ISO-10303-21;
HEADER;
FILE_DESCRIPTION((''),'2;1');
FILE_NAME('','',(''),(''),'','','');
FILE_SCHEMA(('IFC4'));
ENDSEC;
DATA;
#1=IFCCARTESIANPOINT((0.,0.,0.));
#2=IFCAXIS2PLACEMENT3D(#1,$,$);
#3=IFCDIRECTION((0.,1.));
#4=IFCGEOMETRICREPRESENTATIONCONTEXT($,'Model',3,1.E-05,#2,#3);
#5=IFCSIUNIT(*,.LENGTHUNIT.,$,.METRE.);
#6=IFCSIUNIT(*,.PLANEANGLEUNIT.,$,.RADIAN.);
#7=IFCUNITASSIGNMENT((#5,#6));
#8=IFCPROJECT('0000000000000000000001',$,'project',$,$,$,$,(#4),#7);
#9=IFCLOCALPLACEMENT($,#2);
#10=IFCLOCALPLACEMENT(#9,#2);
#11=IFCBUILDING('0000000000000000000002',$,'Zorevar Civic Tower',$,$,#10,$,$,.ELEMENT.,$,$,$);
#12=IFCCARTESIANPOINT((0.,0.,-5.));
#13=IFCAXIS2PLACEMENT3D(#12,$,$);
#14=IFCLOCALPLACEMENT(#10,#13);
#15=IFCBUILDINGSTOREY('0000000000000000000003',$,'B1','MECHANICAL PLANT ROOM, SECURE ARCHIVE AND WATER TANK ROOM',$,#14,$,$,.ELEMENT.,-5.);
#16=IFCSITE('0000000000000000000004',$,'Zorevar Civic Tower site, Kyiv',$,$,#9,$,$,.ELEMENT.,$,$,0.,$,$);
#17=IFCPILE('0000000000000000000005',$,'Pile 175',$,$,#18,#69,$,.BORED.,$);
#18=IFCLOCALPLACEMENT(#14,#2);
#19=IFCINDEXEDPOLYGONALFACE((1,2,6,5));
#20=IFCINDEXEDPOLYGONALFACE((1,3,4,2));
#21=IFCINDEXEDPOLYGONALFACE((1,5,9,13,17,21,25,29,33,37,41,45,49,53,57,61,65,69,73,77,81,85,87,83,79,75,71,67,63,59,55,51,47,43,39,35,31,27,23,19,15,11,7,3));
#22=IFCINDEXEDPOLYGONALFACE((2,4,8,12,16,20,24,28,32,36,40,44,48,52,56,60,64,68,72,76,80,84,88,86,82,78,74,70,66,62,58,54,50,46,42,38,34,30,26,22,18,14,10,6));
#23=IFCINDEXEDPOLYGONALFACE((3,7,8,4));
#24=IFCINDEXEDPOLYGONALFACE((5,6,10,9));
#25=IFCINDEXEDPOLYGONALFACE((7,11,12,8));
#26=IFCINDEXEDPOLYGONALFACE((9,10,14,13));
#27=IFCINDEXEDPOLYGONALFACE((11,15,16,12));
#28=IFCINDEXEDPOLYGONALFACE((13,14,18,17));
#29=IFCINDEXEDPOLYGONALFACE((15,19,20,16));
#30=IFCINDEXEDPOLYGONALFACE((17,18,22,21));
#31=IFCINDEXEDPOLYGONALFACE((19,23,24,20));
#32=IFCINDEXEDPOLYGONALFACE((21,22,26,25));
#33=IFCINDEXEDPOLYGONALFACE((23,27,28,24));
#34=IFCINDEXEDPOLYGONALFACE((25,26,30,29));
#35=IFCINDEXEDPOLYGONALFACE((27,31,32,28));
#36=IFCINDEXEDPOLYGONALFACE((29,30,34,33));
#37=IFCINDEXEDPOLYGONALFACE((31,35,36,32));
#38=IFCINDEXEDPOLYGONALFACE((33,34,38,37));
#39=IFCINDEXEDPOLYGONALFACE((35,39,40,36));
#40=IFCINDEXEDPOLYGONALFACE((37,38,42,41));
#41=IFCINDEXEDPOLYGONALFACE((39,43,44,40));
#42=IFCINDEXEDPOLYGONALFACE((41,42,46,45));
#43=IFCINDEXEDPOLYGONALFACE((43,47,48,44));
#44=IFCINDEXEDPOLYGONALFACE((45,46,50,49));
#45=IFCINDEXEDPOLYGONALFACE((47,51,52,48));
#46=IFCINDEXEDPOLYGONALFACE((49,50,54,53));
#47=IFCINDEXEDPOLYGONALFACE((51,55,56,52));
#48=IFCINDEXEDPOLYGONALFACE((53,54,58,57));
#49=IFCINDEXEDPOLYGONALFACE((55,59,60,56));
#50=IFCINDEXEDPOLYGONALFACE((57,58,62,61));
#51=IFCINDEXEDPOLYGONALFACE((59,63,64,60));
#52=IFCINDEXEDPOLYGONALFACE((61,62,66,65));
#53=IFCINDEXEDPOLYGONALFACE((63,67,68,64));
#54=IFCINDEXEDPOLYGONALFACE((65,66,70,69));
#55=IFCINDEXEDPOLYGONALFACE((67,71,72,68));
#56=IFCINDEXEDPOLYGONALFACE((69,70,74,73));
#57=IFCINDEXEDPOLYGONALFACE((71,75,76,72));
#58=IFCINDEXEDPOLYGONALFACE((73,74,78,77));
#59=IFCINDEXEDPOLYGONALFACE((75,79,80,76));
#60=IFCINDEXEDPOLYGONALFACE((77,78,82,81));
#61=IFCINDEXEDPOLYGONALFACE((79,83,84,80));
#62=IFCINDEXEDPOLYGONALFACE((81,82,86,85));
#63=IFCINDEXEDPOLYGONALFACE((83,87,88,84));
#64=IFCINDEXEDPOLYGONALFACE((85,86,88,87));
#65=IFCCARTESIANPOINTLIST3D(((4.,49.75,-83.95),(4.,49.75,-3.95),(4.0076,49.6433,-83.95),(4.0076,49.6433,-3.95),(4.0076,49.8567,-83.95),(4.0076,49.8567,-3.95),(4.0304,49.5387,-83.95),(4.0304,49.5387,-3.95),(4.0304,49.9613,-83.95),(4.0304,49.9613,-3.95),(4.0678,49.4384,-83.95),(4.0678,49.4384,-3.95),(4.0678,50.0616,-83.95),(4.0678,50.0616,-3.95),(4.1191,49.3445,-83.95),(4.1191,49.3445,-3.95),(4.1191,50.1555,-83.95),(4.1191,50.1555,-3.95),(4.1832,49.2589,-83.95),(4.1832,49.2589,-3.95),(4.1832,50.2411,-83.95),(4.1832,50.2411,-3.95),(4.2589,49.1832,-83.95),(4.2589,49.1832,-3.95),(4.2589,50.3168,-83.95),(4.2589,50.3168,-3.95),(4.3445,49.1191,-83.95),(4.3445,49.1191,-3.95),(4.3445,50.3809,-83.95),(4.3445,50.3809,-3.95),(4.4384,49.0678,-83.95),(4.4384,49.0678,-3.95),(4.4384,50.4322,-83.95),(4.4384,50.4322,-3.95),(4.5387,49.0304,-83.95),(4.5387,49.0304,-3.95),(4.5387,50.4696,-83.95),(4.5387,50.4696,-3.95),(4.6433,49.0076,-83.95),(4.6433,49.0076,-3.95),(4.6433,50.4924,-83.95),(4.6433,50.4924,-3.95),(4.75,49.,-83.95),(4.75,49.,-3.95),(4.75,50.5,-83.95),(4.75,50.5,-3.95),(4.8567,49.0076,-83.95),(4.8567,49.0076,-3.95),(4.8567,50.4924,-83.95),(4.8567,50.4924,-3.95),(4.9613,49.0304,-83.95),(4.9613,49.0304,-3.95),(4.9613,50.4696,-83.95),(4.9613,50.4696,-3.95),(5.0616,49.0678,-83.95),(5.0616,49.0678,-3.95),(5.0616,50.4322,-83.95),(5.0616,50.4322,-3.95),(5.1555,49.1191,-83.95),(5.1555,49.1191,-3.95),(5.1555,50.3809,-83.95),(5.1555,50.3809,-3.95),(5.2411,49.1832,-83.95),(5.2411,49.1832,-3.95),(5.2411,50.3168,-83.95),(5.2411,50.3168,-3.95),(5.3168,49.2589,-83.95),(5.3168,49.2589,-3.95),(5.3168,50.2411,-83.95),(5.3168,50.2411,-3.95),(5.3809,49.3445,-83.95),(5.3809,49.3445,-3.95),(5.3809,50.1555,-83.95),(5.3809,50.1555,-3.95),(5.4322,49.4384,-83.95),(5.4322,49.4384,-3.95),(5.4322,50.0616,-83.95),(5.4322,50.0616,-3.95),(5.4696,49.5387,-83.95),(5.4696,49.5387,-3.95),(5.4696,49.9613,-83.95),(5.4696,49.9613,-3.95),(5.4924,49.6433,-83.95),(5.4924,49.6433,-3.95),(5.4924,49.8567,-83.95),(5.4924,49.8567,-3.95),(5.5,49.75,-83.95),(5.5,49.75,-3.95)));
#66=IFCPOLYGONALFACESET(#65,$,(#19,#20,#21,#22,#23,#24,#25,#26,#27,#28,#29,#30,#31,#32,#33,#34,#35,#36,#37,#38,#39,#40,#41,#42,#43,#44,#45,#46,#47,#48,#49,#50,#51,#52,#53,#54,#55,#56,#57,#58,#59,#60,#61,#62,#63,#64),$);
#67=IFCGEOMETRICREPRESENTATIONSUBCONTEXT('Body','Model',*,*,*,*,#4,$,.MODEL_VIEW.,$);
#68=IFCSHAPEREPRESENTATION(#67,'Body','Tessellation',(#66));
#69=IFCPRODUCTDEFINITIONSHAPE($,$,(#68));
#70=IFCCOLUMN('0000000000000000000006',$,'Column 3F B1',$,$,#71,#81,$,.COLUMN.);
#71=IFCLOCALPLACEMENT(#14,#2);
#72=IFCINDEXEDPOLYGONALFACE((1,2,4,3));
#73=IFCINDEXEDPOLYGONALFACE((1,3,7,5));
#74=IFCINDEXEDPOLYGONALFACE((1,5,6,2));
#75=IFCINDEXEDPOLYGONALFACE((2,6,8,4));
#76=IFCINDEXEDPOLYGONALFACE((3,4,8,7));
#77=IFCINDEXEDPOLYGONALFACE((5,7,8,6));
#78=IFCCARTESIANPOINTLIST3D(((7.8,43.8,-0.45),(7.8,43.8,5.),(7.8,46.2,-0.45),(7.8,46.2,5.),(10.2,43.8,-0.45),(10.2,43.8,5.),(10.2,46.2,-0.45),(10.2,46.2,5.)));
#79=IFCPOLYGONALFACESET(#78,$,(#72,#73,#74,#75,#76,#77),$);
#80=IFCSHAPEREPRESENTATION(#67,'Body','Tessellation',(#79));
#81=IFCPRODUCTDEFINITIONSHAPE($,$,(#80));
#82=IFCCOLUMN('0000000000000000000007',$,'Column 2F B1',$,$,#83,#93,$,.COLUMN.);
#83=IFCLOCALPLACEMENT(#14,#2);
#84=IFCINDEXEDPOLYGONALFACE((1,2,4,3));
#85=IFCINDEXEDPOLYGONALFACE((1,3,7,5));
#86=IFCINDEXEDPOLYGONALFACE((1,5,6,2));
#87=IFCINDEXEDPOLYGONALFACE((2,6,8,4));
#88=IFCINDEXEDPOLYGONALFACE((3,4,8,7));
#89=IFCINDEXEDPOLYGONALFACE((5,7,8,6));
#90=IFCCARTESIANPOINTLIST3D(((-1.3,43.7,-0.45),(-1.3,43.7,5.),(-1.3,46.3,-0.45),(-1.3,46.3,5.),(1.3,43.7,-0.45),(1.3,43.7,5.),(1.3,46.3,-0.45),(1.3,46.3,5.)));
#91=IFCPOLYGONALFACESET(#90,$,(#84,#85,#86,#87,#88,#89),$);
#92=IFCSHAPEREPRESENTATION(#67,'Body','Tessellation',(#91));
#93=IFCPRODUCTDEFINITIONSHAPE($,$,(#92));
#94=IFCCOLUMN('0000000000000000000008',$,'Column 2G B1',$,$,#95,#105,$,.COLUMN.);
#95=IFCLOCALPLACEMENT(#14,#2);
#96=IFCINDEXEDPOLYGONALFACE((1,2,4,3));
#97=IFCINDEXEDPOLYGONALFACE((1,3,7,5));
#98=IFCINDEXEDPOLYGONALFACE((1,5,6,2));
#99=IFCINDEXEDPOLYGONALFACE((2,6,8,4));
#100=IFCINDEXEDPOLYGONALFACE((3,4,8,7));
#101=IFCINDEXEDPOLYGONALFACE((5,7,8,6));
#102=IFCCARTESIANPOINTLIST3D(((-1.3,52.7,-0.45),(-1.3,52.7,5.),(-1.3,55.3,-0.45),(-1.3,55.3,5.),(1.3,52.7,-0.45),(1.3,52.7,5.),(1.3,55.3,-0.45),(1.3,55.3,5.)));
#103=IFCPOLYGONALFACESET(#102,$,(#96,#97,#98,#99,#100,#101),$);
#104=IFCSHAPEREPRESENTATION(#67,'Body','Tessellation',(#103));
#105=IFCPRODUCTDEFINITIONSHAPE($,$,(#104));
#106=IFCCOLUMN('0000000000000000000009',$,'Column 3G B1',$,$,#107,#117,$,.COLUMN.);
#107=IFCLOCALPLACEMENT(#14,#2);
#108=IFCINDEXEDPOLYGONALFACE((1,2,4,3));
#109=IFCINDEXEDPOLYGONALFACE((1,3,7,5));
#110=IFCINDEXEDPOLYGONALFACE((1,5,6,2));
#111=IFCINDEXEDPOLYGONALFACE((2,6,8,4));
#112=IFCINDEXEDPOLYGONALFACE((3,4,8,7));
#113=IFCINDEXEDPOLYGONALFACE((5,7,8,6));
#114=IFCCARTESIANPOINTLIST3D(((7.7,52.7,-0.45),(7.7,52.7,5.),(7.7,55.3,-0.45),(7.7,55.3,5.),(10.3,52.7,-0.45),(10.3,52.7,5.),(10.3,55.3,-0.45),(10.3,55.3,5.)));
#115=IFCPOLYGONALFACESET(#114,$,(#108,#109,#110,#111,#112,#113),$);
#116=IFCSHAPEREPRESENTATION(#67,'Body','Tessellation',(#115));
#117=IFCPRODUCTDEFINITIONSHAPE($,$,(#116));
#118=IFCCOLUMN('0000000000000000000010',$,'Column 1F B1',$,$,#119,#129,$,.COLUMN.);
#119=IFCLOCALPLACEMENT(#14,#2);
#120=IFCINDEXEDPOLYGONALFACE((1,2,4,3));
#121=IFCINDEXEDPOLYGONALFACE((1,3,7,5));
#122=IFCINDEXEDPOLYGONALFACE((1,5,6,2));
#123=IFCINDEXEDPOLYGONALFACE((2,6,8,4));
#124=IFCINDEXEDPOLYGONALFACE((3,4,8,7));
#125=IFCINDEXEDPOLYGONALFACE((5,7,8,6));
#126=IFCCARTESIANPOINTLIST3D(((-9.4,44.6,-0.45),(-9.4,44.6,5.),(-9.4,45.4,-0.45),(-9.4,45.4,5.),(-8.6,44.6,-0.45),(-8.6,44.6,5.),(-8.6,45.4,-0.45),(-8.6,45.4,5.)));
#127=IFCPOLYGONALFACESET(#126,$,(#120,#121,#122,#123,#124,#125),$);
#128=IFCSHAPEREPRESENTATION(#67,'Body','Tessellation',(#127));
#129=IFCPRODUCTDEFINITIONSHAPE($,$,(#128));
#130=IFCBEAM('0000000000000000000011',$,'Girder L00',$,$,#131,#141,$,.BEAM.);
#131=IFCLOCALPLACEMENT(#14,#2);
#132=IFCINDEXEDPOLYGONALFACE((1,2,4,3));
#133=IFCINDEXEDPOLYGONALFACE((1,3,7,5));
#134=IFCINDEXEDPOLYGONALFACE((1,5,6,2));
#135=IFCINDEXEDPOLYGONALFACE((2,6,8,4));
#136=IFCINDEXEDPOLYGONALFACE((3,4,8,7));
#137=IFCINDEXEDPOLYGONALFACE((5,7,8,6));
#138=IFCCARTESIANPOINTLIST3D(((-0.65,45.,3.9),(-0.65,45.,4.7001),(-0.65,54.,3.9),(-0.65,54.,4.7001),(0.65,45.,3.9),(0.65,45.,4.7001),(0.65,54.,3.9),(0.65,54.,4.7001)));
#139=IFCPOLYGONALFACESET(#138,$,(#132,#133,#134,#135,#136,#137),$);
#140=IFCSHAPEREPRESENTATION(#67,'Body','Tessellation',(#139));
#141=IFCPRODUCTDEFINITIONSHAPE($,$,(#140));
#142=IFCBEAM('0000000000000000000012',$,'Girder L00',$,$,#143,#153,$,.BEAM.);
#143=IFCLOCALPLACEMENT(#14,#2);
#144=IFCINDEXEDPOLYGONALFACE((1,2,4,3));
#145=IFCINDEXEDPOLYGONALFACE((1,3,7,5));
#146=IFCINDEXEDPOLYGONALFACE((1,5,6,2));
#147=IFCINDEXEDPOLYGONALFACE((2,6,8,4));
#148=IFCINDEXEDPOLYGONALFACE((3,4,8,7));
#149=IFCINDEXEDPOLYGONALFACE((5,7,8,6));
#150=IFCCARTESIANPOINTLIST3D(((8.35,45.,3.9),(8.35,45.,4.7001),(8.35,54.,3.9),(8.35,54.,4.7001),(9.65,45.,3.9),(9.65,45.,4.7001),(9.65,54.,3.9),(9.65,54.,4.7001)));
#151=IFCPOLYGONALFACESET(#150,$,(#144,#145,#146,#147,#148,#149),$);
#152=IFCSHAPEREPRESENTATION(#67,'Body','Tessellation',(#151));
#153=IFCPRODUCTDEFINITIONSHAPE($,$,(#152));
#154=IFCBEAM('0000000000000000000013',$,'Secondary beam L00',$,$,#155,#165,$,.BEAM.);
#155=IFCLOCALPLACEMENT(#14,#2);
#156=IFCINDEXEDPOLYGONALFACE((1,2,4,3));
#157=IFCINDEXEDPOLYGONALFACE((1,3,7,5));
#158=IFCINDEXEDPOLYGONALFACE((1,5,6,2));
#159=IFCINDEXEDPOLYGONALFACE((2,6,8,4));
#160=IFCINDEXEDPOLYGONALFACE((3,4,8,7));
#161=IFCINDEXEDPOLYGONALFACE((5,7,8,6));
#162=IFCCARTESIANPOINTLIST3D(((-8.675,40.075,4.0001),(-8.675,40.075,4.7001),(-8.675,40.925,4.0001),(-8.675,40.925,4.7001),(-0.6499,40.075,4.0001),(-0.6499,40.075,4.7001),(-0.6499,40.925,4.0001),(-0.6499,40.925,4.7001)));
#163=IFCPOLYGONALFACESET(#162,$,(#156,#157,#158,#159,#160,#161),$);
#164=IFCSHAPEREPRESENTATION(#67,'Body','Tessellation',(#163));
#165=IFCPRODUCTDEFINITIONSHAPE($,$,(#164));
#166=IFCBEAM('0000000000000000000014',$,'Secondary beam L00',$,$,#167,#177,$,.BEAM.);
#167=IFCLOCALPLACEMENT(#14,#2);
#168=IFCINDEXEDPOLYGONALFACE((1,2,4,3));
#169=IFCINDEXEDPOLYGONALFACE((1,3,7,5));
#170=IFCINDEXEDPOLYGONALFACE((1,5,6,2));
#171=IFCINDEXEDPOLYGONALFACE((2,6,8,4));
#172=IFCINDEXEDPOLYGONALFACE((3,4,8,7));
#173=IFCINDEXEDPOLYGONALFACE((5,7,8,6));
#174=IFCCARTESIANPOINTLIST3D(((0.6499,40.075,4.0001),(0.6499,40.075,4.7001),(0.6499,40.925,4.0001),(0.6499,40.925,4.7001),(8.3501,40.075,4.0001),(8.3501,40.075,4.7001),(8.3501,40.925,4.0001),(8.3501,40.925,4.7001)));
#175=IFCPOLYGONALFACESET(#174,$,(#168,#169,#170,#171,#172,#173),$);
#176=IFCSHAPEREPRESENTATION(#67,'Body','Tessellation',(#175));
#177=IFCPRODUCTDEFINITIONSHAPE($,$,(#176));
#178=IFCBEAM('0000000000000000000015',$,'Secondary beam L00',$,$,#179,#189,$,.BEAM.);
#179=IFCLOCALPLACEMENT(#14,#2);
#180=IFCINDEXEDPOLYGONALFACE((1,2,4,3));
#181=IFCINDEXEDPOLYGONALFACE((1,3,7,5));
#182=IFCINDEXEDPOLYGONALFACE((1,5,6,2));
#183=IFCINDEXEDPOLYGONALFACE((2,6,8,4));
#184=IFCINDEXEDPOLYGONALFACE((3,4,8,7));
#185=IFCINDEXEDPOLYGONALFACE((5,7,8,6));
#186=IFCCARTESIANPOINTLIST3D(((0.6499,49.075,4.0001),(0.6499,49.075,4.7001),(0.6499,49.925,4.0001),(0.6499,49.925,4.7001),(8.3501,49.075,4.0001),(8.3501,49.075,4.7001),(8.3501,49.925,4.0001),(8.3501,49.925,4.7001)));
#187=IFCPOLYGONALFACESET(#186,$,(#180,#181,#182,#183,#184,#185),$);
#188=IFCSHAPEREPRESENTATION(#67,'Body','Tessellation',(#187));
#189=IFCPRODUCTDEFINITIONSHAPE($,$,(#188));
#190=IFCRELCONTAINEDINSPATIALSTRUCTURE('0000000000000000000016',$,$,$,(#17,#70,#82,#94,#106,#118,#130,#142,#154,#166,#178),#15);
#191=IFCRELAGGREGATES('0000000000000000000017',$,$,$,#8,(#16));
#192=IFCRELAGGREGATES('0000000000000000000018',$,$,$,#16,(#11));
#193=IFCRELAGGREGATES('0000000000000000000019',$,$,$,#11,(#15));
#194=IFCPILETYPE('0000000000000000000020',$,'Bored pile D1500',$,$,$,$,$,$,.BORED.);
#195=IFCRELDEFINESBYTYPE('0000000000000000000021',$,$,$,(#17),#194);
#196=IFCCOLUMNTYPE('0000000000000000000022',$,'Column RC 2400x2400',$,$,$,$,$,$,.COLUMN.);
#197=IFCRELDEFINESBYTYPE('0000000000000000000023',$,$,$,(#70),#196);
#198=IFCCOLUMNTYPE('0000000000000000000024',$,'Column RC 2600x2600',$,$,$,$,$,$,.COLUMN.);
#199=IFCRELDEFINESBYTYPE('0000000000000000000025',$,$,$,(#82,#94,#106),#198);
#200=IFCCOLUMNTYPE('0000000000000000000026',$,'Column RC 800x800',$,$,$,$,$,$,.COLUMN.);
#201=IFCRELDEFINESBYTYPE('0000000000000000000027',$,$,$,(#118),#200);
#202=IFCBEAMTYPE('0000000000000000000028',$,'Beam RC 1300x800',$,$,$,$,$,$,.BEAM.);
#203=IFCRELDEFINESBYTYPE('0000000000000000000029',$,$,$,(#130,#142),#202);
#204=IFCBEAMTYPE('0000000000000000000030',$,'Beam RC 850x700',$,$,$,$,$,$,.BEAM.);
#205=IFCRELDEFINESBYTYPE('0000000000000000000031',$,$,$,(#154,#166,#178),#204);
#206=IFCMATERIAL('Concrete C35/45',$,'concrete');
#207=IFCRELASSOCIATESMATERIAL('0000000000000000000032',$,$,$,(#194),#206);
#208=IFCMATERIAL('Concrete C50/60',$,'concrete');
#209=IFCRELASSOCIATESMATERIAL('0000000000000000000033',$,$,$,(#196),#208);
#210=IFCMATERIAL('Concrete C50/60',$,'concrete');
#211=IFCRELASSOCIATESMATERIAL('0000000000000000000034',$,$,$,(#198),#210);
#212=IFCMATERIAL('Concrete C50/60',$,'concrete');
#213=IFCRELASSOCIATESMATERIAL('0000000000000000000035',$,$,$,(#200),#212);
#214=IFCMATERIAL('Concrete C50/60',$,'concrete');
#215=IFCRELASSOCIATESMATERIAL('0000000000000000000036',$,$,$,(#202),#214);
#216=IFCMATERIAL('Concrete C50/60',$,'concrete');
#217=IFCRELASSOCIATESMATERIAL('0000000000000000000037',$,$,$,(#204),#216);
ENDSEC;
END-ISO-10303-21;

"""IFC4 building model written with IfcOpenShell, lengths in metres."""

from ifc_helpers import new_model, si_unit, direction, frame, origin, origin_2d, place, context, subcontext, project, spatial, rectangle, circle, extrude, material, material_profile, profile_set, type_object, element, save


model = new_model("IFC4")

# Units and contexts
model_context = context("Model", 3, precision=1e-05, world=origin(), true_north=direction((0.0, 1.0)))
body_context = subcontext(model_context, "Body", "Model", "MODEL_VIEW")
ifc_project = project(units=[si_unit("LENGTHUNIT", "METRE"), si_unit("PLANEANGLEUNIT", "RADIAN")], contexts=[model_context])

# Site, building, storey
site_placement = place(None, origin())
site = spatial("IfcSite", under=ifc_project, at=site_placement, Name="Zorevar Civic Tower site, Kyiv", CompositionType="ELEMENT", RefElevation=0.0)
building_placement = place(site_placement, origin())
building = spatial("IfcBuilding", under=site, at=building_placement, Name="Zorevar Civic Tower", CompositionType="ELEMENT")
storey_placement = place(building_placement, frame((0.0, 0.0, -5.0)))
storey = spatial("IfcBuildingStorey", under=building, at=storey_placement, Name="B1", Description="MECHANICAL PLANT ROOM, SECURE ARCHIVE AND WATER TANK ROOM", CompositionType="ELEMENT", Elevation=-5.0)

# Pile
ifc_material_1 = material(Name="Concrete C35/45", Category="concrete")
pile_type_1 = type_object("IfcPileType", Name="Bored pile D1500", PredefinedType="BORED", material=ifc_material_1)
for number, where, z_axis, x_axis, name in (
    (1, (4.75, 49.75, -3.95), (0.0, 0.0, -1.0), (1.0, 0.0, 0.0), "Pile 175"),
):
    element("IfcPile", number, at=place(storey_placement, frame(where, z_axis=z_axis, x_axis=x_axis)), inside=storey, type_object=pile_type_1, Name=name, PredefinedType="BORED", context=body_context, shape_type="SweptSolid", body=[
        extrude(circle(Radius=0.75, at=origin_2d()), origin(), (0.0, 0.0, 1.0), 80.0),
    ])

# Columns
ifc_material_2 = material(Name="Concrete C50/60", Category="concrete")
ifc_material_profile_1 = material_profile(ifc_material_2, rectangle(XDim=2.3999, YDim=2.3999, at=origin_2d()), Name="RC 2400x2400")
ifc_profile_set_1 = profile_set([ifc_material_profile_1], Name="Concrete C50/60")
column_type_1 = type_object("IfcColumnType", Name="Column RC 2400x2400", PredefinedType="COLUMN", material=ifc_profile_set_1)
column_1_placement = place(storey_placement, frame((9.0, 45.0, -0.45), z_axis=(0.0, 0.0, 1.0), x_axis=(1.0, 0.0, 0.0)))
element("IfcColumn", 2, at=column_1_placement, inside=storey, type_object=column_type_1, Name="Column 3F B1", PredefinedType="COLUMN", context=body_context, shape_type="SweptSolid", body=[
    extrude(rectangle(XDim=2.3999, YDim=2.3999, at=origin_2d()), origin(), (0.0, 0.0, 1.0), 5.45),
])
ifc_material_3 = material(Name="Concrete C50/60", Category="concrete")
ifc_material_profile_2 = material_profile(ifc_material_3, rectangle(XDim=2.6001, YDim=2.6001, at=origin_2d()), Name="RC 2600x2600")
ifc_profile_set_2 = profile_set([ifc_material_profile_2], Name="Concrete C50/60")
column_type_2 = type_object("IfcColumnType", Name="Column RC 2600x2600", PredefinedType="COLUMN", material=ifc_profile_set_2)
for number, where, z_axis, x_axis, name in (
    (3, (0.0, 45.0, -0.45), (0.0, 0.0, 1.0), (1.0, 0.0, 0.0), "Column 2F B1"),
    (4, (0.0, 54.0, -0.45), (0.0, 0.0, 1.0), (1.0, 0.0, 0.0), "Column 2G B1"),
    (5, (9.0, 54.0, -0.45), (0.0, 0.0, 1.0), (1.0, 0.0, 0.0), "Column 3G B1"),
):
    element("IfcColumn", number, at=place(storey_placement, frame(where, z_axis=z_axis, x_axis=x_axis)), inside=storey, type_object=column_type_2, Name=name, PredefinedType="COLUMN", context=body_context, shape_type="SweptSolid", body=[
        extrude(rectangle(XDim=2.6001, YDim=2.6001, at=origin_2d()), origin(), (0.0, 0.0, 1.0), 5.45),
    ])
ifc_material_4 = material(Name="Concrete C50/60", Category="concrete")
ifc_material_profile_3 = material_profile(ifc_material_4, rectangle(XDim=0.8, YDim=0.8, at=origin_2d()), Name="RC 800x800")
ifc_profile_set_3 = profile_set([ifc_material_profile_3], Name="Concrete C50/60")
column_type_3 = type_object("IfcColumnType", Name="Column RC 800x800", PredefinedType="COLUMN", material=ifc_profile_set_3)
column_2_placement = place(storey_placement, frame((-9.0, 45.0, -0.45), z_axis=(0.0, 0.0, 1.0), x_axis=(1.0, 0.0, 0.0)))
element("IfcColumn", 6, at=column_2_placement, inside=storey, type_object=column_type_3, Name="Column 1F B1", PredefinedType="COLUMN", context=body_context, shape_type="SweptSolid", body=[
    extrude(rectangle(XDim=0.8, YDim=0.8, at=origin_2d()), origin(), (0.0, 0.0, 1.0), 5.45),
])

# Beams
ifc_material_5 = material(Name="Concrete C50/60", Category="concrete")
ifc_material_profile_4 = material_profile(ifc_material_5, rectangle(XDim=1.3, YDim=0.8, at=origin_2d()), Name="RC 1300x800")
ifc_profile_set_4 = profile_set([ifc_material_profile_4], Name="Concrete C50/60")
beam_type_1 = type_object("IfcBeamType", Name="Beam RC 1300x800", PredefinedType="BEAM", material=ifc_profile_set_4)
for number, where, z_axis, x_axis, name in (
    (7, (0.0, 45.0, 4.3), (0.0, 1.0, 0.0), (-1.0, 0.0, 0.0), "Girder L00"),
    (8, (9.0, 45.0, 4.3), (0.0, 1.0, 0.0), (-1.0, 0.0, 0.0), "Girder L00"),
):
    element("IfcBeam", number, at=place(storey_placement, frame(where, z_axis=z_axis, x_axis=x_axis)), inside=storey, type_object=beam_type_1, Name=name, PredefinedType="BEAM", context=body_context, shape_type="SweptSolid", body=[
        extrude(rectangle(XDim=1.3, YDim=0.8, at=origin_2d()), origin(), (0.0, 0.0, 1.0), 9.0),
    ])
ifc_material_6 = material(Name="Concrete C50/60", Category="concrete")
ifc_material_profile_5 = material_profile(ifc_material_6, rectangle(XDim=0.8501, YDim=0.7, at=origin_2d()), Name="RC 850x700")
ifc_profile_set_5 = profile_set([ifc_material_profile_5], Name="Concrete C50/60")
beam_type_2 = type_object("IfcBeamType", Name="Beam RC 850x700", PredefinedType="BEAM", material=ifc_profile_set_5)
beam_placement = place(storey_placement, frame((-8.675, 40.5, 4.3501), z_axis=(1.0, 0.0, 0.0), x_axis=(0.0, 1.0, 0.0)))
element("IfcBeam", 9, at=beam_placement, inside=storey, type_object=beam_type_2, Name="Secondary beam L00", PredefinedType="BEAM", context=body_context, shape_type="SweptSolid", body=[
    extrude(rectangle(XDim=0.8501, YDim=0.7, at=origin_2d()), origin(), (0.0, 0.0, 1.0), 8.0251),
])
for number, where, z_axis, x_axis, name in (
    (10, (0.6499, 40.5, 4.3501), (1.0, 0.0, 0.0), (0.0, 1.0, 0.0), "Secondary beam L00"),
    (11, (0.6499, 49.5, 4.3501), (1.0, 0.0, 0.0), (0.0, 1.0, 0.0), "Secondary beam L00"),
):
    element("IfcBeam", number, at=place(storey_placement, frame(where, z_axis=z_axis, x_axis=x_axis)), inside=storey, type_object=beam_type_2, Name=name, PredefinedType="BEAM", context=body_context, shape_type="SweptSolid", body=[
        extrude(rectangle(XDim=0.8501, YDim=0.7, at=origin_2d()), origin(), (0.0, 0.0, 1.0), 7.7002),
    ])

save(model, "model.ifc")
